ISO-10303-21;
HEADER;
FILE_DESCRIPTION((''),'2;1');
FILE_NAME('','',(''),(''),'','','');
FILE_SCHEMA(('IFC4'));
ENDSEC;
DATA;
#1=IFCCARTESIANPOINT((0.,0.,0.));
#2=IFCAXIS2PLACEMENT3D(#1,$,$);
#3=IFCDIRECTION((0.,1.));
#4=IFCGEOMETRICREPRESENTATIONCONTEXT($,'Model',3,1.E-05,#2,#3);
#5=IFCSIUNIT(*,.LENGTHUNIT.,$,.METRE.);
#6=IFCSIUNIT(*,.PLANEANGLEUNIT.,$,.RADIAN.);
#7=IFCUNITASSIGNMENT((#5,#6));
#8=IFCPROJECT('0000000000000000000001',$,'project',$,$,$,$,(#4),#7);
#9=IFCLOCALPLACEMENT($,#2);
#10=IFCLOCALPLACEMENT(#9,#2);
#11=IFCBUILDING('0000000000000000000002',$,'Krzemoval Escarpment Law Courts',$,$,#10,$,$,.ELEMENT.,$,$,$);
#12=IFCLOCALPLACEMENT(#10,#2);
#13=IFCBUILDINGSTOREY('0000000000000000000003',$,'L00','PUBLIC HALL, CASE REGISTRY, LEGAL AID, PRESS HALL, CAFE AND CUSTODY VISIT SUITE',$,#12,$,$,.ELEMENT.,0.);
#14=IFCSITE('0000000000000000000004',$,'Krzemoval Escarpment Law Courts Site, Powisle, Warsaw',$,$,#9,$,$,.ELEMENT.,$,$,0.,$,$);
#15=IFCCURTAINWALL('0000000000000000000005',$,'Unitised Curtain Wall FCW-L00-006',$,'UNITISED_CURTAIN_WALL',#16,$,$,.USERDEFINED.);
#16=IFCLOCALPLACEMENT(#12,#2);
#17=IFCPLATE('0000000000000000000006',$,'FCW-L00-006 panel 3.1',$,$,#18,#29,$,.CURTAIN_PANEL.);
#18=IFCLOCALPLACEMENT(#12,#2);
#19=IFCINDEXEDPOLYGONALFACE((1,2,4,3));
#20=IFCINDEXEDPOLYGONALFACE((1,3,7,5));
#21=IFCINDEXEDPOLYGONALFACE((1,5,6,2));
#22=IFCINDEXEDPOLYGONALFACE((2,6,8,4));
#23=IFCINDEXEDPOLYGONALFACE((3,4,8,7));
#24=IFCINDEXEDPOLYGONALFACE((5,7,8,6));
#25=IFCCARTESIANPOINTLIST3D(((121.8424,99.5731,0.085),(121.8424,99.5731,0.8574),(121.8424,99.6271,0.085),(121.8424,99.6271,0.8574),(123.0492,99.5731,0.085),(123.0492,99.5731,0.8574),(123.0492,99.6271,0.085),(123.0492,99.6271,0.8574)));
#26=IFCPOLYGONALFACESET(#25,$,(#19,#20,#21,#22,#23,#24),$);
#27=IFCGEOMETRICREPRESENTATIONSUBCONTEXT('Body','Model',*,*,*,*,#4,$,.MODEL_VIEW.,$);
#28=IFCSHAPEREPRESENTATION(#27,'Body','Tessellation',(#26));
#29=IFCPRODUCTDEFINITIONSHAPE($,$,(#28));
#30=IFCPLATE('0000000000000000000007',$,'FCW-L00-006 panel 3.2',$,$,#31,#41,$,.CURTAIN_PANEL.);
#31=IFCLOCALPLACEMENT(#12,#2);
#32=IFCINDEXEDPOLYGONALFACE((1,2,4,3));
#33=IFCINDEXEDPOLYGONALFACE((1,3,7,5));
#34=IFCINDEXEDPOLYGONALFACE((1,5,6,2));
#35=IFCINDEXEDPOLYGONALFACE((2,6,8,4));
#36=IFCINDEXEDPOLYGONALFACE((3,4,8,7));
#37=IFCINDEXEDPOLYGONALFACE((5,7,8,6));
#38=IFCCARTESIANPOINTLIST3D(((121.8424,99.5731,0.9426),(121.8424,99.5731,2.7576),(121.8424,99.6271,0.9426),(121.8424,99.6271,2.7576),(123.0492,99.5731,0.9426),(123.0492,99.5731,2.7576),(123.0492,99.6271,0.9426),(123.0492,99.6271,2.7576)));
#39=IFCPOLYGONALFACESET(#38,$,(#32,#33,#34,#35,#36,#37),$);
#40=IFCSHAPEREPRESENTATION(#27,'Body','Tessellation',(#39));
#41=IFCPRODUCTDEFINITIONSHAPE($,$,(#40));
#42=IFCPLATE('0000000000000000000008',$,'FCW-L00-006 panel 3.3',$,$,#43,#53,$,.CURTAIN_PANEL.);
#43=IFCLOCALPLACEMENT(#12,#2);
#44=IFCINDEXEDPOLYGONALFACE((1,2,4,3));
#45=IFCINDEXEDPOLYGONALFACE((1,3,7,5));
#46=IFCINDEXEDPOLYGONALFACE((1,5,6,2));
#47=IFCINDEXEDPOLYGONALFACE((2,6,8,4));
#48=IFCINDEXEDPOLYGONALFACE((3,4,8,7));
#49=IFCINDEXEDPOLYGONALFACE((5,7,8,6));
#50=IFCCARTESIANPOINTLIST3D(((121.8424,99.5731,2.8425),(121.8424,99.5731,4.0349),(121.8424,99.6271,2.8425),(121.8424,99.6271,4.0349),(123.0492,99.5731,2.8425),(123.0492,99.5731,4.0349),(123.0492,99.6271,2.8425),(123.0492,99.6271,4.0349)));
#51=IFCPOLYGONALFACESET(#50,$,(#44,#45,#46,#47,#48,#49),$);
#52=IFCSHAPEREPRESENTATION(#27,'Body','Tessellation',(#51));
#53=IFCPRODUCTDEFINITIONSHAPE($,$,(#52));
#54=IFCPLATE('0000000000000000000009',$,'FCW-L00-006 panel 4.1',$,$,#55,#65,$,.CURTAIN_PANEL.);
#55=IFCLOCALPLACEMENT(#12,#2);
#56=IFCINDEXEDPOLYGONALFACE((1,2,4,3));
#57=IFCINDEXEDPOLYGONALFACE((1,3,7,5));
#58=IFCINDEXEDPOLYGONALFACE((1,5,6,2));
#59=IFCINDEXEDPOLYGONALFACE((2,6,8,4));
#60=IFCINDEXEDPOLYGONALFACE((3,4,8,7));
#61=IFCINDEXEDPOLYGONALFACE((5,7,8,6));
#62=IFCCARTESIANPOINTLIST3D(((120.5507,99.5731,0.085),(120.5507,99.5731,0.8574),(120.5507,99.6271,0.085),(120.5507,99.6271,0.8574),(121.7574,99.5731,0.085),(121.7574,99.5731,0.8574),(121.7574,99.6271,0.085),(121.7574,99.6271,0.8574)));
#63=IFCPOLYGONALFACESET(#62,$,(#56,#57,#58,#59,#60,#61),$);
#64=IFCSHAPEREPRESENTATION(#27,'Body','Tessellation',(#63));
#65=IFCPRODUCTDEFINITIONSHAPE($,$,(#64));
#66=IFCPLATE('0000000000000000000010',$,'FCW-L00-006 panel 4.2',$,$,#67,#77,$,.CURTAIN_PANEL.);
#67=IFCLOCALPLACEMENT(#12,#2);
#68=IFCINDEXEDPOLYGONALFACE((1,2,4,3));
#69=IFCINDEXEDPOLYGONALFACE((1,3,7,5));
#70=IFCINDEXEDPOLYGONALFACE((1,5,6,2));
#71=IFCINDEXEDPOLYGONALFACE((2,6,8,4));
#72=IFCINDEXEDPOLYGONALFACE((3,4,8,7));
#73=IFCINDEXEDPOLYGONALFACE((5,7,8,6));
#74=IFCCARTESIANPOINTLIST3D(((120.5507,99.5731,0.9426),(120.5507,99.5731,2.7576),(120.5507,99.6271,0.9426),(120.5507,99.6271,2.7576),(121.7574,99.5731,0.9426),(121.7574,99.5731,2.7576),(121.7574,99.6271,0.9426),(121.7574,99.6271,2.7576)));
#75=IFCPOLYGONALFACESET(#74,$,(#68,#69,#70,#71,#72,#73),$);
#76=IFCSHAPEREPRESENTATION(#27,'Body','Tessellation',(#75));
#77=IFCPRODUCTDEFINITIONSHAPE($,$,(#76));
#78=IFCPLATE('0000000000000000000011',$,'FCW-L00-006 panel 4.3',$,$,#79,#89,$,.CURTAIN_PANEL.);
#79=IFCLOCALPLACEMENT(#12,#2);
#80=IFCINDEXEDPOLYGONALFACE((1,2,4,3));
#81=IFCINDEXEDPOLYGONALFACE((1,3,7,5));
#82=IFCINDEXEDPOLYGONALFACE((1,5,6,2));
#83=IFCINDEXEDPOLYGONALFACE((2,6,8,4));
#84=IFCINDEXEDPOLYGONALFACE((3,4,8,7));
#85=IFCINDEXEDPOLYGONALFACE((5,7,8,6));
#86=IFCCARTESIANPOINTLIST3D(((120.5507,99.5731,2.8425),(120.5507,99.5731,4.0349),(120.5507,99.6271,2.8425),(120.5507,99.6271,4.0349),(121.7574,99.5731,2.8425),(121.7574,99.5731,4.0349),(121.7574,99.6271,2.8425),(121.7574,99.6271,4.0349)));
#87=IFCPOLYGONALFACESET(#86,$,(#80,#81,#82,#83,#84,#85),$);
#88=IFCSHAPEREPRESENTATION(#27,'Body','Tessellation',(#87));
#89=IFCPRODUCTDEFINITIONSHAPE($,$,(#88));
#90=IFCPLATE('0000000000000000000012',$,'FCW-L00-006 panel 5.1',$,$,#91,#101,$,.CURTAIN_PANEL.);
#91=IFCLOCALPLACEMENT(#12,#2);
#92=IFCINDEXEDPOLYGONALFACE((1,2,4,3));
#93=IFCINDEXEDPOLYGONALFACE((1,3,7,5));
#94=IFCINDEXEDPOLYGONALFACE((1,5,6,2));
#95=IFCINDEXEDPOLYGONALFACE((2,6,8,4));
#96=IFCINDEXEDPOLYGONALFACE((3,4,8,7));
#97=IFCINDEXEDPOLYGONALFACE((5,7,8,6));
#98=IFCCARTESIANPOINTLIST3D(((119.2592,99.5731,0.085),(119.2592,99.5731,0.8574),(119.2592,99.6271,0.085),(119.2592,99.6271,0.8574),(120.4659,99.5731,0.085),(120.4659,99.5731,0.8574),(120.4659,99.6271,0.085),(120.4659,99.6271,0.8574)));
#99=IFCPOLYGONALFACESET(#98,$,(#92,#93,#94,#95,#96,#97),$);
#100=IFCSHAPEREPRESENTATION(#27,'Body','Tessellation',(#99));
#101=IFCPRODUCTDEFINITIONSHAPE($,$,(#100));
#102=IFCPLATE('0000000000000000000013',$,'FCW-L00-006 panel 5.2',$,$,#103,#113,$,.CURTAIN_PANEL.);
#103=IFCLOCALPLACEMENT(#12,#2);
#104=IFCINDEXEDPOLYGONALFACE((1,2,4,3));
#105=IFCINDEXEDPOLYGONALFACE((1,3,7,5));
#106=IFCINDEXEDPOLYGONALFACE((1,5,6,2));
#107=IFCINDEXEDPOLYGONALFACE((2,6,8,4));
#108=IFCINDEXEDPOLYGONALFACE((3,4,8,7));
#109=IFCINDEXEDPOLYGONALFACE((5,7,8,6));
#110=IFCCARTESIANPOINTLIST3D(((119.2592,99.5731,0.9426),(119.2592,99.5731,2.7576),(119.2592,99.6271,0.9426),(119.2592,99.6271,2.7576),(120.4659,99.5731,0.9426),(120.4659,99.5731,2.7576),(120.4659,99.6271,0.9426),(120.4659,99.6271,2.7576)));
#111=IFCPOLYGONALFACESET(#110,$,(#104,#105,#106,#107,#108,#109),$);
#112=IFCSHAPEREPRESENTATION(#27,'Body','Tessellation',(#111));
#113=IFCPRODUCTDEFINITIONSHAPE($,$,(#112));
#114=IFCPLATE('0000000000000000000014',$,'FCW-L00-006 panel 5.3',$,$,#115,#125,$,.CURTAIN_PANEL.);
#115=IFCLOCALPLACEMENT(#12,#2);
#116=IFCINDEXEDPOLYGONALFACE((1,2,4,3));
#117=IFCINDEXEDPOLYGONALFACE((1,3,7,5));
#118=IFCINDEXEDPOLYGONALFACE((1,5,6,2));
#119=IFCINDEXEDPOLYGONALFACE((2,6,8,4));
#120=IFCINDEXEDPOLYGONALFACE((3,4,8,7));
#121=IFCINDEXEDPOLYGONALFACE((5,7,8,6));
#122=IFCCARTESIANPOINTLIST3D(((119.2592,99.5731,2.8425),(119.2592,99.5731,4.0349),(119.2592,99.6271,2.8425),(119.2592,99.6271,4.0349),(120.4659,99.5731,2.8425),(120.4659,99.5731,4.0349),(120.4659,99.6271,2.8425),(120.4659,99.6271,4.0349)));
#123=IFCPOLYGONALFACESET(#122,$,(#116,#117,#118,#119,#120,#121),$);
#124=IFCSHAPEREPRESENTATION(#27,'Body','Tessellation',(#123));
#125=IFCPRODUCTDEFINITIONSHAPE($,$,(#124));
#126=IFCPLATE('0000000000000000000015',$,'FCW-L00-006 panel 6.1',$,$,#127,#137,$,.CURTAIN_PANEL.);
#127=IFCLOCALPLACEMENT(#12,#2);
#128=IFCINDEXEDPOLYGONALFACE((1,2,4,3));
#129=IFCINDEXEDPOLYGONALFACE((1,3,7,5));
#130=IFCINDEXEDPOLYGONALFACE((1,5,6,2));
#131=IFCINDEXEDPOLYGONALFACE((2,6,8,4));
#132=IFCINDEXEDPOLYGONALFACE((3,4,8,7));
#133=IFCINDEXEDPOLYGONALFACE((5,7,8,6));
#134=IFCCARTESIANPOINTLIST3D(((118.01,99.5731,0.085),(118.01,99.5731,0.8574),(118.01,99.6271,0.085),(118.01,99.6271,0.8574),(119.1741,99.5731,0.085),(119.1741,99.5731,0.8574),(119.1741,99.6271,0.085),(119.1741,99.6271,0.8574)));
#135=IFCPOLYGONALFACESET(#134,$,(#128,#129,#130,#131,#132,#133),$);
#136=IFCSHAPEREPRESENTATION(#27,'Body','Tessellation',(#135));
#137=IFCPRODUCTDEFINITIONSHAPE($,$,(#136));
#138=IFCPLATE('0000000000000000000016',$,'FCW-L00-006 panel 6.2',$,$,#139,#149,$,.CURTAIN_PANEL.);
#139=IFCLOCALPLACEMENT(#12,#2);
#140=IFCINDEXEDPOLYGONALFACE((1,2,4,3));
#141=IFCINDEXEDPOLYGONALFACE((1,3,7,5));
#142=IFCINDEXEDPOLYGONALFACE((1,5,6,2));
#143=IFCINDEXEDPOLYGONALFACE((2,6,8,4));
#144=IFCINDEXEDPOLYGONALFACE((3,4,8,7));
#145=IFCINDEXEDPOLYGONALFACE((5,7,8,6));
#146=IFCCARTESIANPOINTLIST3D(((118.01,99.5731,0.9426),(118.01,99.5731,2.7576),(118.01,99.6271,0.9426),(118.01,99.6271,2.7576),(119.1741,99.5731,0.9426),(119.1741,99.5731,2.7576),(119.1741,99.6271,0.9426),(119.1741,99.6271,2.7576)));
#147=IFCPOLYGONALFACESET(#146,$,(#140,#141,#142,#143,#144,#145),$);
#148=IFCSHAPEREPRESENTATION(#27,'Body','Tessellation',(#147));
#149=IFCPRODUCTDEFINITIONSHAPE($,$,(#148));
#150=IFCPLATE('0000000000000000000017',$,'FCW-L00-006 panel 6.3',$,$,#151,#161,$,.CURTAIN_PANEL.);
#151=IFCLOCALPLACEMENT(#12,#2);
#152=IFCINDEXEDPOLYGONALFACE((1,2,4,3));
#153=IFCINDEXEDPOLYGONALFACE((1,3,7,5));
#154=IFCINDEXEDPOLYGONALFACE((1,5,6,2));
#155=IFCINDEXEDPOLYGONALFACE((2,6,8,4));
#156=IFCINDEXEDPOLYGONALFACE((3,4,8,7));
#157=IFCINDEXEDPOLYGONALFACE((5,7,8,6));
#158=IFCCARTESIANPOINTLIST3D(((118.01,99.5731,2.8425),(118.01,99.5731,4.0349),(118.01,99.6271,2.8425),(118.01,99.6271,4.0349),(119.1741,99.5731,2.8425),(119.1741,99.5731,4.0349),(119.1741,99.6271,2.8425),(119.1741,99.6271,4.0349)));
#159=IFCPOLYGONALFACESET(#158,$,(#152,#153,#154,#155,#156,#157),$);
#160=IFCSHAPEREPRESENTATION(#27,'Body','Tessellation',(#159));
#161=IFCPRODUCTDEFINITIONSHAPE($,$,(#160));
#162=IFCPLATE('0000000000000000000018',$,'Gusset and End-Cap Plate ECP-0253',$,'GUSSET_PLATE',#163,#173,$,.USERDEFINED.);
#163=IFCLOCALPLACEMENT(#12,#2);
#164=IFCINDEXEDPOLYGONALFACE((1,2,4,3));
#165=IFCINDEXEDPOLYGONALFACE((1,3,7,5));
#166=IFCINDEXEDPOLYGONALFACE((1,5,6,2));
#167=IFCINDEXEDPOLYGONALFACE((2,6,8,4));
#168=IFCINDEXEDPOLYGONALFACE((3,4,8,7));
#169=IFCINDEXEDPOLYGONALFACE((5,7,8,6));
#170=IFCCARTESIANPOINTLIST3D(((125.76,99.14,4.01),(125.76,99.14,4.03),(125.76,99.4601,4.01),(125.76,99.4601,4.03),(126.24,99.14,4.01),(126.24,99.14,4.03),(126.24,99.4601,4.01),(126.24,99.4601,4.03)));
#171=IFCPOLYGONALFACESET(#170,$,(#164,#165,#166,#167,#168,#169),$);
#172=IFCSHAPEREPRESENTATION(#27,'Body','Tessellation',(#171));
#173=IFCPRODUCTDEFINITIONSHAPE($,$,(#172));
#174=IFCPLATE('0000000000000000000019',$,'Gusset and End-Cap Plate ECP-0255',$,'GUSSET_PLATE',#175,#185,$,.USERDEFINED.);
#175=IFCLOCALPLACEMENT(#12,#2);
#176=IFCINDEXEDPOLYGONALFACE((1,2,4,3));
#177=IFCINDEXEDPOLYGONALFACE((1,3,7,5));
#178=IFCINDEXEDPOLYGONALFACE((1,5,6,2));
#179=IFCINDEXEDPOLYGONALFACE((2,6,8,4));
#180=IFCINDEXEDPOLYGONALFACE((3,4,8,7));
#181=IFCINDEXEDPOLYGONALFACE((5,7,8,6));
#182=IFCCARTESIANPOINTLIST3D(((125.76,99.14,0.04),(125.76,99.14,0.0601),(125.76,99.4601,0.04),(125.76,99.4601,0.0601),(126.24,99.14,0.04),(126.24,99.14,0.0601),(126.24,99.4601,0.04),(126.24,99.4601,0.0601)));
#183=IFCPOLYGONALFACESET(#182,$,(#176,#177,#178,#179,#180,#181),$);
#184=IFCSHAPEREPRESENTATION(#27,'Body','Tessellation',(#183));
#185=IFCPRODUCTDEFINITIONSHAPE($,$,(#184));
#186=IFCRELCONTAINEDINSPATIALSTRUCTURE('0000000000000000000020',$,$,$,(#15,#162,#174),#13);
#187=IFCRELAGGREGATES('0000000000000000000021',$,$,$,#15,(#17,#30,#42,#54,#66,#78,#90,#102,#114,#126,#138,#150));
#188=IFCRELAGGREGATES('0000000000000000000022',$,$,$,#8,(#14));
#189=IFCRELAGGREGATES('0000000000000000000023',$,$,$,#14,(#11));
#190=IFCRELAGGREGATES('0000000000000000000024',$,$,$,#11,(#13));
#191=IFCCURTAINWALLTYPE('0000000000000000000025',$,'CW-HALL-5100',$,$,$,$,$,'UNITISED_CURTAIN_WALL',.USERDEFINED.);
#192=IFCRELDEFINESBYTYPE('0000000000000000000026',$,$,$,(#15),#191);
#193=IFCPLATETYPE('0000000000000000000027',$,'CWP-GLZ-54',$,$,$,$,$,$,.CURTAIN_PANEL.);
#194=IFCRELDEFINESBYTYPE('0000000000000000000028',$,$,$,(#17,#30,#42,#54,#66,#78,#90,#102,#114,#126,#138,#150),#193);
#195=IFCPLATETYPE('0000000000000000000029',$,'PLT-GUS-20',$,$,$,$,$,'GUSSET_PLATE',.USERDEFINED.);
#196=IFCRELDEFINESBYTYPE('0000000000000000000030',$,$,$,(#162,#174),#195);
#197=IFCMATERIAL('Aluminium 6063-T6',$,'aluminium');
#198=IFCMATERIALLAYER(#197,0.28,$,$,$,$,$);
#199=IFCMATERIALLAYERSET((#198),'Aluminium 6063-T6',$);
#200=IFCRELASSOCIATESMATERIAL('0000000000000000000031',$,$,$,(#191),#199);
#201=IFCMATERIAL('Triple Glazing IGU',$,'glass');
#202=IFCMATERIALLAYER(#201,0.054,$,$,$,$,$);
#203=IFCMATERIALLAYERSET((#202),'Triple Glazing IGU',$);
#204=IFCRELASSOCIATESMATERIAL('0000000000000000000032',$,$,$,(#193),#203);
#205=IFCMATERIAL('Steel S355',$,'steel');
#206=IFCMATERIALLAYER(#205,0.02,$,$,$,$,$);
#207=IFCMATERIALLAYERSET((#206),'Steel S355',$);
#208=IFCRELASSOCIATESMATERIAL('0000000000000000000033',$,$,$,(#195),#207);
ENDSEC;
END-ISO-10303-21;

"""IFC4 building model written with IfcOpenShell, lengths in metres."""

from ifc_helpers import new_model, si_unit, direction, frame, origin, origin_2d, place, context, subcontext, project, spatial, rectangle, extrude, material, layer, layer_set, type_object, element, aggregate, save


model = new_model("IFC4")

# Units and contexts
model_context = context("Model", 3, precision=1e-05, world=origin(), true_north=direction((0.0, 1.0)))
body_context = subcontext(model_context, "Body", "Model", "MODEL_VIEW")
ifc_project = project(units=[si_unit("LENGTHUNIT", "METRE"), si_unit("PLANEANGLEUNIT", "RADIAN")], contexts=[model_context])

# Site, building, storey
site_placement = place(None, origin())
site = spatial("IfcSite", under=ifc_project, at=site_placement, Name="Krzemoval Escarpment Law Courts Site, Powisle, Warsaw", CompositionType="ELEMENT", RefElevation=0.0)
building_placement = place(site_placement, origin())
building = spatial("IfcBuilding", under=site, at=building_placement, Name="Krzemoval Escarpment Law Courts", CompositionType="ELEMENT")
storey_placement = place(building_placement, origin())
storey = spatial("IfcBuildingStorey", under=building, at=storey_placement, Name="L00", Description="PUBLIC HALL, CASE REGISTRY, LEGAL AID, PRESS HALL, CAFE AND CUSTODY VISIT SUITE", CompositionType="ELEMENT", Elevation=0.0)

# Curtain wall, plates
ifc_material_1 = material(Name="Aluminium 6063-T6", Category="aluminium")
ifc_layer_1 = layer(ifc_material_1, 0.28)
ifc_layer_set_1 = layer_set([ifc_layer_1], Name="Aluminium 6063-T6")
curtain_wall_type = type_object("IfcCurtainWallType", Name="CW-HALL-5100", ElementType="UNITISED_CURTAIN_WALL", PredefinedType="USERDEFINED", material=ifc_layer_set_1)
curtain_wall_placement = place(storey_placement, origin())
curtain_wall = element("IfcCurtainWall", 1, at=curtain_wall_placement, inside=storey, type_object=curtain_wall_type, Name="Unitised Curtain Wall FCW-L00-006", ObjectType="UNITISED_CURTAIN_WALL", PredefinedType="USERDEFINED")
ifc_material_2 = material(Name="Triple Glazing IGU", Category="glass")
ifc_layer_2 = layer(ifc_material_2, 0.054)
ifc_layer_set_2 = layer_set([ifc_layer_2], Name="Triple Glazing IGU")
plate_type_1 = type_object("IfcPlateType", Name="CWP-GLZ-54", PredefinedType="CURTAIN_PANEL", material=ifc_layer_set_2)
plate_1_placement = place(storey_placement, frame((122.4458, 99.6001, 0.085), z_axis=(0.0, 0.0, 1.0), x_axis=(-1.0, 0.0, 0.0)))
plate_1 = element("IfcPlate", 2, at=plate_1_placement, type_object=plate_type_1, Name="FCW-L00-006 panel 3.1", PredefinedType="CURTAIN_PANEL", context=body_context, shape_type="SweptSolid", body=[
    extrude(rectangle(XDim=1.2068, YDim=0.054, at=origin_2d()), origin(), (0.0, 0.0, 1.0), 0.7725),
])
plate_2_placement = place(storey_placement, frame((122.4458, 99.6001, 0.9426), z_axis=(0.0, 0.0, 1.0), x_axis=(-1.0, 0.0, 0.0)))
plate_2 = element("IfcPlate", 3, at=plate_2_placement, type_object=plate_type_1, Name="FCW-L00-006 panel 3.2", PredefinedType="CURTAIN_PANEL", context=body_context, shape_type="SweptSolid", body=[
    extrude(rectangle(XDim=1.2068, YDim=0.054, at=origin_2d()), origin(), (0.0, 0.0, 1.0), 1.8149),
])
plate_3_placement = place(storey_placement, frame((122.4458, 99.6001, 2.8425), z_axis=(0.0, 0.0, 1.0), x_axis=(-1.0, 0.0, 0.0)))
plate_3 = element("IfcPlate", 4, at=plate_3_placement, type_object=plate_type_1, Name="FCW-L00-006 panel 3.3", PredefinedType="CURTAIN_PANEL", context=body_context, shape_type="SweptSolid", body=[
    extrude(rectangle(XDim=1.2068, YDim=0.054, at=origin_2d()), origin(), (0.0, 0.0, 1.0), 1.1924),
])
plate_4_placement = place(storey_placement, frame((121.1541, 99.6001, 0.085), z_axis=(0.0, 0.0, 1.0), x_axis=(-1.0, 0.0, 0.0)))
plate_4 = element("IfcPlate", 5, at=plate_4_placement, type_object=plate_type_1, Name="FCW-L00-006 panel 4.1", PredefinedType="CURTAIN_PANEL", context=body_context, shape_type="SweptSolid", body=[
    extrude(rectangle(XDim=1.2068, YDim=0.054, at=origin_2d()), origin(), (0.0, 0.0, 1.0), 0.7725),
])
plate_5_placement = place(storey_placement, frame((121.1541, 99.6001, 0.9426), z_axis=(0.0, 0.0, 1.0), x_axis=(-1.0, 0.0, 0.0)))
plate_5 = element("IfcPlate", 6, at=plate_5_placement, type_object=plate_type_1, Name="FCW-L00-006 panel 4.2", PredefinedType="CURTAIN_PANEL", context=body_context, shape_type="SweptSolid", body=[
    extrude(rectangle(XDim=1.2068, YDim=0.054, at=origin_2d()), origin(), (0.0, 0.0, 1.0), 1.8149),
])
plate_6_placement = place(storey_placement, frame((121.1541, 99.6001, 2.8425), z_axis=(0.0, 0.0, 1.0), x_axis=(-1.0, 0.0, 0.0)))
plate_6 = element("IfcPlate", 7, at=plate_6_placement, type_object=plate_type_1, Name="FCW-L00-006 panel 4.3", PredefinedType="CURTAIN_PANEL", context=body_context, shape_type="SweptSolid", body=[
    extrude(rectangle(XDim=1.2068, YDim=0.054, at=origin_2d()), origin(), (0.0, 0.0, 1.0), 1.1924),
])
plate_7_placement = place(storey_placement, frame((119.8625, 99.6001, 0.085), z_axis=(0.0, 0.0, 1.0), x_axis=(-1.0, 0.0, 0.0)))
plate_7 = element("IfcPlate", 8, at=plate_7_placement, type_object=plate_type_1, Name="FCW-L00-006 panel 5.1", PredefinedType="CURTAIN_PANEL", context=body_context, shape_type="SweptSolid", body=[
    extrude(rectangle(XDim=1.2068, YDim=0.054, at=origin_2d()), origin(), (0.0, 0.0, 1.0), 0.7725),
])
plate_8_placement = place(storey_placement, frame((119.8625, 99.6001, 0.9426), z_axis=(0.0, 0.0, 1.0), x_axis=(-1.0, 0.0, 0.0)))
plate_8 = element("IfcPlate", 9, at=plate_8_placement, type_object=plate_type_1, Name="FCW-L00-006 panel 5.2", PredefinedType="CURTAIN_PANEL", context=body_context, shape_type="SweptSolid", body=[
    extrude(rectangle(XDim=1.2068, YDim=0.054, at=origin_2d()), origin(), (0.0, 0.0, 1.0), 1.8149),
])
plate_9_placement = place(storey_placement, frame((119.8625, 99.6001, 2.8425), z_axis=(0.0, 0.0, 1.0), x_axis=(-1.0, 0.0, 0.0)))
plate_9 = element("IfcPlate", 10, at=plate_9_placement, type_object=plate_type_1, Name="FCW-L00-006 panel 5.3", PredefinedType="CURTAIN_PANEL", context=body_context, shape_type="SweptSolid", body=[
    extrude(rectangle(XDim=1.2068, YDim=0.054, at=origin_2d()), origin(), (0.0, 0.0, 1.0), 1.1924),
])
plate_10_placement = place(storey_placement, frame((118.592, 99.6001, 0.085), z_axis=(0.0, 0.0, 1.0), x_axis=(-1.0, 0.0, 0.0)))
plate_10 = element("IfcPlate", 11, at=plate_10_placement, type_object=plate_type_1, Name="FCW-L00-006 panel 6.1", PredefinedType="CURTAIN_PANEL", context=body_context, shape_type="SweptSolid", body=[
    extrude(rectangle(XDim=1.1641, YDim=0.054, at=origin_2d()), origin(), (0.0, 0.0, 1.0), 0.7725),
])
plate_11_placement = place(storey_placement, frame((118.592, 99.6001, 0.9426), z_axis=(0.0, 0.0, 1.0), x_axis=(-1.0, 0.0, 0.0)))
plate_11 = element("IfcPlate", 12, at=plate_11_placement, type_object=plate_type_1, Name="FCW-L00-006 panel 6.2", PredefinedType="CURTAIN_PANEL", context=body_context, shape_type="SweptSolid", body=[
    extrude(rectangle(XDim=1.1641, YDim=0.054, at=origin_2d()), origin(), (0.0, 0.0, 1.0), 1.8149),
])
plate_12_placement = place(storey_placement, frame((118.592, 99.6001, 2.8425), z_axis=(0.0, 0.0, 1.0), x_axis=(-1.0, 0.0, 0.0)))
plate_12 = element("IfcPlate", 13, at=plate_12_placement, type_object=plate_type_1, Name="FCW-L00-006 panel 6.3", PredefinedType="CURTAIN_PANEL", context=body_context, shape_type="SweptSolid", body=[
    extrude(rectangle(XDim=1.1641, YDim=0.054, at=origin_2d()), origin(), (0.0, 0.0, 1.0), 1.1924),
])
aggregate(curtain_wall, [plate_1, plate_2, plate_3, plate_4, plate_5, plate_6, plate_7, plate_8, plate_9, plate_10, plate_11, plate_12])

# Plates
ifc_material_3 = material(Name="Steel S355", Category="steel")
ifc_layer_3 = layer(ifc_material_3, 0.02)
ifc_layer_set_3 = layer_set([ifc_layer_3], Name="Steel S355")
plate_type_2 = type_object("IfcPlateType", Name="PLT-GUS-20", ElementType="GUSSET_PLATE", PredefinedType="USERDEFINED", material=ifc_layer_set_3)
for number, where, z_axis, x_axis, name in (
    (14, (126.0, 99.3, 4.01), (0.0, 0.0, 1.0), (1.0, 0.0, 0.0), "Gusset and End-Cap Plate ECP-0253"),
    (15, (126.0, 99.3, 0.04), (0.0, 0.0, 1.0), (1.0, 0.0, 0.0), "Gusset and End-Cap Plate ECP-0255"),
):
    element("IfcPlate", number, at=place(storey_placement, frame(where, z_axis=z_axis, x_axis=x_axis)), inside=storey, type_object=plate_type_2, Name=name, ObjectType="GUSSET_PLATE", PredefinedType="USERDEFINED", context=body_context, shape_type="SweptSolid", body=[
        extrude(rectangle(XDim=0.48, YDim=0.3201, at=origin_2d()), origin(), (0.0, 0.0, 1.0), 0.02),
    ])

save(model, "model.ifc")
